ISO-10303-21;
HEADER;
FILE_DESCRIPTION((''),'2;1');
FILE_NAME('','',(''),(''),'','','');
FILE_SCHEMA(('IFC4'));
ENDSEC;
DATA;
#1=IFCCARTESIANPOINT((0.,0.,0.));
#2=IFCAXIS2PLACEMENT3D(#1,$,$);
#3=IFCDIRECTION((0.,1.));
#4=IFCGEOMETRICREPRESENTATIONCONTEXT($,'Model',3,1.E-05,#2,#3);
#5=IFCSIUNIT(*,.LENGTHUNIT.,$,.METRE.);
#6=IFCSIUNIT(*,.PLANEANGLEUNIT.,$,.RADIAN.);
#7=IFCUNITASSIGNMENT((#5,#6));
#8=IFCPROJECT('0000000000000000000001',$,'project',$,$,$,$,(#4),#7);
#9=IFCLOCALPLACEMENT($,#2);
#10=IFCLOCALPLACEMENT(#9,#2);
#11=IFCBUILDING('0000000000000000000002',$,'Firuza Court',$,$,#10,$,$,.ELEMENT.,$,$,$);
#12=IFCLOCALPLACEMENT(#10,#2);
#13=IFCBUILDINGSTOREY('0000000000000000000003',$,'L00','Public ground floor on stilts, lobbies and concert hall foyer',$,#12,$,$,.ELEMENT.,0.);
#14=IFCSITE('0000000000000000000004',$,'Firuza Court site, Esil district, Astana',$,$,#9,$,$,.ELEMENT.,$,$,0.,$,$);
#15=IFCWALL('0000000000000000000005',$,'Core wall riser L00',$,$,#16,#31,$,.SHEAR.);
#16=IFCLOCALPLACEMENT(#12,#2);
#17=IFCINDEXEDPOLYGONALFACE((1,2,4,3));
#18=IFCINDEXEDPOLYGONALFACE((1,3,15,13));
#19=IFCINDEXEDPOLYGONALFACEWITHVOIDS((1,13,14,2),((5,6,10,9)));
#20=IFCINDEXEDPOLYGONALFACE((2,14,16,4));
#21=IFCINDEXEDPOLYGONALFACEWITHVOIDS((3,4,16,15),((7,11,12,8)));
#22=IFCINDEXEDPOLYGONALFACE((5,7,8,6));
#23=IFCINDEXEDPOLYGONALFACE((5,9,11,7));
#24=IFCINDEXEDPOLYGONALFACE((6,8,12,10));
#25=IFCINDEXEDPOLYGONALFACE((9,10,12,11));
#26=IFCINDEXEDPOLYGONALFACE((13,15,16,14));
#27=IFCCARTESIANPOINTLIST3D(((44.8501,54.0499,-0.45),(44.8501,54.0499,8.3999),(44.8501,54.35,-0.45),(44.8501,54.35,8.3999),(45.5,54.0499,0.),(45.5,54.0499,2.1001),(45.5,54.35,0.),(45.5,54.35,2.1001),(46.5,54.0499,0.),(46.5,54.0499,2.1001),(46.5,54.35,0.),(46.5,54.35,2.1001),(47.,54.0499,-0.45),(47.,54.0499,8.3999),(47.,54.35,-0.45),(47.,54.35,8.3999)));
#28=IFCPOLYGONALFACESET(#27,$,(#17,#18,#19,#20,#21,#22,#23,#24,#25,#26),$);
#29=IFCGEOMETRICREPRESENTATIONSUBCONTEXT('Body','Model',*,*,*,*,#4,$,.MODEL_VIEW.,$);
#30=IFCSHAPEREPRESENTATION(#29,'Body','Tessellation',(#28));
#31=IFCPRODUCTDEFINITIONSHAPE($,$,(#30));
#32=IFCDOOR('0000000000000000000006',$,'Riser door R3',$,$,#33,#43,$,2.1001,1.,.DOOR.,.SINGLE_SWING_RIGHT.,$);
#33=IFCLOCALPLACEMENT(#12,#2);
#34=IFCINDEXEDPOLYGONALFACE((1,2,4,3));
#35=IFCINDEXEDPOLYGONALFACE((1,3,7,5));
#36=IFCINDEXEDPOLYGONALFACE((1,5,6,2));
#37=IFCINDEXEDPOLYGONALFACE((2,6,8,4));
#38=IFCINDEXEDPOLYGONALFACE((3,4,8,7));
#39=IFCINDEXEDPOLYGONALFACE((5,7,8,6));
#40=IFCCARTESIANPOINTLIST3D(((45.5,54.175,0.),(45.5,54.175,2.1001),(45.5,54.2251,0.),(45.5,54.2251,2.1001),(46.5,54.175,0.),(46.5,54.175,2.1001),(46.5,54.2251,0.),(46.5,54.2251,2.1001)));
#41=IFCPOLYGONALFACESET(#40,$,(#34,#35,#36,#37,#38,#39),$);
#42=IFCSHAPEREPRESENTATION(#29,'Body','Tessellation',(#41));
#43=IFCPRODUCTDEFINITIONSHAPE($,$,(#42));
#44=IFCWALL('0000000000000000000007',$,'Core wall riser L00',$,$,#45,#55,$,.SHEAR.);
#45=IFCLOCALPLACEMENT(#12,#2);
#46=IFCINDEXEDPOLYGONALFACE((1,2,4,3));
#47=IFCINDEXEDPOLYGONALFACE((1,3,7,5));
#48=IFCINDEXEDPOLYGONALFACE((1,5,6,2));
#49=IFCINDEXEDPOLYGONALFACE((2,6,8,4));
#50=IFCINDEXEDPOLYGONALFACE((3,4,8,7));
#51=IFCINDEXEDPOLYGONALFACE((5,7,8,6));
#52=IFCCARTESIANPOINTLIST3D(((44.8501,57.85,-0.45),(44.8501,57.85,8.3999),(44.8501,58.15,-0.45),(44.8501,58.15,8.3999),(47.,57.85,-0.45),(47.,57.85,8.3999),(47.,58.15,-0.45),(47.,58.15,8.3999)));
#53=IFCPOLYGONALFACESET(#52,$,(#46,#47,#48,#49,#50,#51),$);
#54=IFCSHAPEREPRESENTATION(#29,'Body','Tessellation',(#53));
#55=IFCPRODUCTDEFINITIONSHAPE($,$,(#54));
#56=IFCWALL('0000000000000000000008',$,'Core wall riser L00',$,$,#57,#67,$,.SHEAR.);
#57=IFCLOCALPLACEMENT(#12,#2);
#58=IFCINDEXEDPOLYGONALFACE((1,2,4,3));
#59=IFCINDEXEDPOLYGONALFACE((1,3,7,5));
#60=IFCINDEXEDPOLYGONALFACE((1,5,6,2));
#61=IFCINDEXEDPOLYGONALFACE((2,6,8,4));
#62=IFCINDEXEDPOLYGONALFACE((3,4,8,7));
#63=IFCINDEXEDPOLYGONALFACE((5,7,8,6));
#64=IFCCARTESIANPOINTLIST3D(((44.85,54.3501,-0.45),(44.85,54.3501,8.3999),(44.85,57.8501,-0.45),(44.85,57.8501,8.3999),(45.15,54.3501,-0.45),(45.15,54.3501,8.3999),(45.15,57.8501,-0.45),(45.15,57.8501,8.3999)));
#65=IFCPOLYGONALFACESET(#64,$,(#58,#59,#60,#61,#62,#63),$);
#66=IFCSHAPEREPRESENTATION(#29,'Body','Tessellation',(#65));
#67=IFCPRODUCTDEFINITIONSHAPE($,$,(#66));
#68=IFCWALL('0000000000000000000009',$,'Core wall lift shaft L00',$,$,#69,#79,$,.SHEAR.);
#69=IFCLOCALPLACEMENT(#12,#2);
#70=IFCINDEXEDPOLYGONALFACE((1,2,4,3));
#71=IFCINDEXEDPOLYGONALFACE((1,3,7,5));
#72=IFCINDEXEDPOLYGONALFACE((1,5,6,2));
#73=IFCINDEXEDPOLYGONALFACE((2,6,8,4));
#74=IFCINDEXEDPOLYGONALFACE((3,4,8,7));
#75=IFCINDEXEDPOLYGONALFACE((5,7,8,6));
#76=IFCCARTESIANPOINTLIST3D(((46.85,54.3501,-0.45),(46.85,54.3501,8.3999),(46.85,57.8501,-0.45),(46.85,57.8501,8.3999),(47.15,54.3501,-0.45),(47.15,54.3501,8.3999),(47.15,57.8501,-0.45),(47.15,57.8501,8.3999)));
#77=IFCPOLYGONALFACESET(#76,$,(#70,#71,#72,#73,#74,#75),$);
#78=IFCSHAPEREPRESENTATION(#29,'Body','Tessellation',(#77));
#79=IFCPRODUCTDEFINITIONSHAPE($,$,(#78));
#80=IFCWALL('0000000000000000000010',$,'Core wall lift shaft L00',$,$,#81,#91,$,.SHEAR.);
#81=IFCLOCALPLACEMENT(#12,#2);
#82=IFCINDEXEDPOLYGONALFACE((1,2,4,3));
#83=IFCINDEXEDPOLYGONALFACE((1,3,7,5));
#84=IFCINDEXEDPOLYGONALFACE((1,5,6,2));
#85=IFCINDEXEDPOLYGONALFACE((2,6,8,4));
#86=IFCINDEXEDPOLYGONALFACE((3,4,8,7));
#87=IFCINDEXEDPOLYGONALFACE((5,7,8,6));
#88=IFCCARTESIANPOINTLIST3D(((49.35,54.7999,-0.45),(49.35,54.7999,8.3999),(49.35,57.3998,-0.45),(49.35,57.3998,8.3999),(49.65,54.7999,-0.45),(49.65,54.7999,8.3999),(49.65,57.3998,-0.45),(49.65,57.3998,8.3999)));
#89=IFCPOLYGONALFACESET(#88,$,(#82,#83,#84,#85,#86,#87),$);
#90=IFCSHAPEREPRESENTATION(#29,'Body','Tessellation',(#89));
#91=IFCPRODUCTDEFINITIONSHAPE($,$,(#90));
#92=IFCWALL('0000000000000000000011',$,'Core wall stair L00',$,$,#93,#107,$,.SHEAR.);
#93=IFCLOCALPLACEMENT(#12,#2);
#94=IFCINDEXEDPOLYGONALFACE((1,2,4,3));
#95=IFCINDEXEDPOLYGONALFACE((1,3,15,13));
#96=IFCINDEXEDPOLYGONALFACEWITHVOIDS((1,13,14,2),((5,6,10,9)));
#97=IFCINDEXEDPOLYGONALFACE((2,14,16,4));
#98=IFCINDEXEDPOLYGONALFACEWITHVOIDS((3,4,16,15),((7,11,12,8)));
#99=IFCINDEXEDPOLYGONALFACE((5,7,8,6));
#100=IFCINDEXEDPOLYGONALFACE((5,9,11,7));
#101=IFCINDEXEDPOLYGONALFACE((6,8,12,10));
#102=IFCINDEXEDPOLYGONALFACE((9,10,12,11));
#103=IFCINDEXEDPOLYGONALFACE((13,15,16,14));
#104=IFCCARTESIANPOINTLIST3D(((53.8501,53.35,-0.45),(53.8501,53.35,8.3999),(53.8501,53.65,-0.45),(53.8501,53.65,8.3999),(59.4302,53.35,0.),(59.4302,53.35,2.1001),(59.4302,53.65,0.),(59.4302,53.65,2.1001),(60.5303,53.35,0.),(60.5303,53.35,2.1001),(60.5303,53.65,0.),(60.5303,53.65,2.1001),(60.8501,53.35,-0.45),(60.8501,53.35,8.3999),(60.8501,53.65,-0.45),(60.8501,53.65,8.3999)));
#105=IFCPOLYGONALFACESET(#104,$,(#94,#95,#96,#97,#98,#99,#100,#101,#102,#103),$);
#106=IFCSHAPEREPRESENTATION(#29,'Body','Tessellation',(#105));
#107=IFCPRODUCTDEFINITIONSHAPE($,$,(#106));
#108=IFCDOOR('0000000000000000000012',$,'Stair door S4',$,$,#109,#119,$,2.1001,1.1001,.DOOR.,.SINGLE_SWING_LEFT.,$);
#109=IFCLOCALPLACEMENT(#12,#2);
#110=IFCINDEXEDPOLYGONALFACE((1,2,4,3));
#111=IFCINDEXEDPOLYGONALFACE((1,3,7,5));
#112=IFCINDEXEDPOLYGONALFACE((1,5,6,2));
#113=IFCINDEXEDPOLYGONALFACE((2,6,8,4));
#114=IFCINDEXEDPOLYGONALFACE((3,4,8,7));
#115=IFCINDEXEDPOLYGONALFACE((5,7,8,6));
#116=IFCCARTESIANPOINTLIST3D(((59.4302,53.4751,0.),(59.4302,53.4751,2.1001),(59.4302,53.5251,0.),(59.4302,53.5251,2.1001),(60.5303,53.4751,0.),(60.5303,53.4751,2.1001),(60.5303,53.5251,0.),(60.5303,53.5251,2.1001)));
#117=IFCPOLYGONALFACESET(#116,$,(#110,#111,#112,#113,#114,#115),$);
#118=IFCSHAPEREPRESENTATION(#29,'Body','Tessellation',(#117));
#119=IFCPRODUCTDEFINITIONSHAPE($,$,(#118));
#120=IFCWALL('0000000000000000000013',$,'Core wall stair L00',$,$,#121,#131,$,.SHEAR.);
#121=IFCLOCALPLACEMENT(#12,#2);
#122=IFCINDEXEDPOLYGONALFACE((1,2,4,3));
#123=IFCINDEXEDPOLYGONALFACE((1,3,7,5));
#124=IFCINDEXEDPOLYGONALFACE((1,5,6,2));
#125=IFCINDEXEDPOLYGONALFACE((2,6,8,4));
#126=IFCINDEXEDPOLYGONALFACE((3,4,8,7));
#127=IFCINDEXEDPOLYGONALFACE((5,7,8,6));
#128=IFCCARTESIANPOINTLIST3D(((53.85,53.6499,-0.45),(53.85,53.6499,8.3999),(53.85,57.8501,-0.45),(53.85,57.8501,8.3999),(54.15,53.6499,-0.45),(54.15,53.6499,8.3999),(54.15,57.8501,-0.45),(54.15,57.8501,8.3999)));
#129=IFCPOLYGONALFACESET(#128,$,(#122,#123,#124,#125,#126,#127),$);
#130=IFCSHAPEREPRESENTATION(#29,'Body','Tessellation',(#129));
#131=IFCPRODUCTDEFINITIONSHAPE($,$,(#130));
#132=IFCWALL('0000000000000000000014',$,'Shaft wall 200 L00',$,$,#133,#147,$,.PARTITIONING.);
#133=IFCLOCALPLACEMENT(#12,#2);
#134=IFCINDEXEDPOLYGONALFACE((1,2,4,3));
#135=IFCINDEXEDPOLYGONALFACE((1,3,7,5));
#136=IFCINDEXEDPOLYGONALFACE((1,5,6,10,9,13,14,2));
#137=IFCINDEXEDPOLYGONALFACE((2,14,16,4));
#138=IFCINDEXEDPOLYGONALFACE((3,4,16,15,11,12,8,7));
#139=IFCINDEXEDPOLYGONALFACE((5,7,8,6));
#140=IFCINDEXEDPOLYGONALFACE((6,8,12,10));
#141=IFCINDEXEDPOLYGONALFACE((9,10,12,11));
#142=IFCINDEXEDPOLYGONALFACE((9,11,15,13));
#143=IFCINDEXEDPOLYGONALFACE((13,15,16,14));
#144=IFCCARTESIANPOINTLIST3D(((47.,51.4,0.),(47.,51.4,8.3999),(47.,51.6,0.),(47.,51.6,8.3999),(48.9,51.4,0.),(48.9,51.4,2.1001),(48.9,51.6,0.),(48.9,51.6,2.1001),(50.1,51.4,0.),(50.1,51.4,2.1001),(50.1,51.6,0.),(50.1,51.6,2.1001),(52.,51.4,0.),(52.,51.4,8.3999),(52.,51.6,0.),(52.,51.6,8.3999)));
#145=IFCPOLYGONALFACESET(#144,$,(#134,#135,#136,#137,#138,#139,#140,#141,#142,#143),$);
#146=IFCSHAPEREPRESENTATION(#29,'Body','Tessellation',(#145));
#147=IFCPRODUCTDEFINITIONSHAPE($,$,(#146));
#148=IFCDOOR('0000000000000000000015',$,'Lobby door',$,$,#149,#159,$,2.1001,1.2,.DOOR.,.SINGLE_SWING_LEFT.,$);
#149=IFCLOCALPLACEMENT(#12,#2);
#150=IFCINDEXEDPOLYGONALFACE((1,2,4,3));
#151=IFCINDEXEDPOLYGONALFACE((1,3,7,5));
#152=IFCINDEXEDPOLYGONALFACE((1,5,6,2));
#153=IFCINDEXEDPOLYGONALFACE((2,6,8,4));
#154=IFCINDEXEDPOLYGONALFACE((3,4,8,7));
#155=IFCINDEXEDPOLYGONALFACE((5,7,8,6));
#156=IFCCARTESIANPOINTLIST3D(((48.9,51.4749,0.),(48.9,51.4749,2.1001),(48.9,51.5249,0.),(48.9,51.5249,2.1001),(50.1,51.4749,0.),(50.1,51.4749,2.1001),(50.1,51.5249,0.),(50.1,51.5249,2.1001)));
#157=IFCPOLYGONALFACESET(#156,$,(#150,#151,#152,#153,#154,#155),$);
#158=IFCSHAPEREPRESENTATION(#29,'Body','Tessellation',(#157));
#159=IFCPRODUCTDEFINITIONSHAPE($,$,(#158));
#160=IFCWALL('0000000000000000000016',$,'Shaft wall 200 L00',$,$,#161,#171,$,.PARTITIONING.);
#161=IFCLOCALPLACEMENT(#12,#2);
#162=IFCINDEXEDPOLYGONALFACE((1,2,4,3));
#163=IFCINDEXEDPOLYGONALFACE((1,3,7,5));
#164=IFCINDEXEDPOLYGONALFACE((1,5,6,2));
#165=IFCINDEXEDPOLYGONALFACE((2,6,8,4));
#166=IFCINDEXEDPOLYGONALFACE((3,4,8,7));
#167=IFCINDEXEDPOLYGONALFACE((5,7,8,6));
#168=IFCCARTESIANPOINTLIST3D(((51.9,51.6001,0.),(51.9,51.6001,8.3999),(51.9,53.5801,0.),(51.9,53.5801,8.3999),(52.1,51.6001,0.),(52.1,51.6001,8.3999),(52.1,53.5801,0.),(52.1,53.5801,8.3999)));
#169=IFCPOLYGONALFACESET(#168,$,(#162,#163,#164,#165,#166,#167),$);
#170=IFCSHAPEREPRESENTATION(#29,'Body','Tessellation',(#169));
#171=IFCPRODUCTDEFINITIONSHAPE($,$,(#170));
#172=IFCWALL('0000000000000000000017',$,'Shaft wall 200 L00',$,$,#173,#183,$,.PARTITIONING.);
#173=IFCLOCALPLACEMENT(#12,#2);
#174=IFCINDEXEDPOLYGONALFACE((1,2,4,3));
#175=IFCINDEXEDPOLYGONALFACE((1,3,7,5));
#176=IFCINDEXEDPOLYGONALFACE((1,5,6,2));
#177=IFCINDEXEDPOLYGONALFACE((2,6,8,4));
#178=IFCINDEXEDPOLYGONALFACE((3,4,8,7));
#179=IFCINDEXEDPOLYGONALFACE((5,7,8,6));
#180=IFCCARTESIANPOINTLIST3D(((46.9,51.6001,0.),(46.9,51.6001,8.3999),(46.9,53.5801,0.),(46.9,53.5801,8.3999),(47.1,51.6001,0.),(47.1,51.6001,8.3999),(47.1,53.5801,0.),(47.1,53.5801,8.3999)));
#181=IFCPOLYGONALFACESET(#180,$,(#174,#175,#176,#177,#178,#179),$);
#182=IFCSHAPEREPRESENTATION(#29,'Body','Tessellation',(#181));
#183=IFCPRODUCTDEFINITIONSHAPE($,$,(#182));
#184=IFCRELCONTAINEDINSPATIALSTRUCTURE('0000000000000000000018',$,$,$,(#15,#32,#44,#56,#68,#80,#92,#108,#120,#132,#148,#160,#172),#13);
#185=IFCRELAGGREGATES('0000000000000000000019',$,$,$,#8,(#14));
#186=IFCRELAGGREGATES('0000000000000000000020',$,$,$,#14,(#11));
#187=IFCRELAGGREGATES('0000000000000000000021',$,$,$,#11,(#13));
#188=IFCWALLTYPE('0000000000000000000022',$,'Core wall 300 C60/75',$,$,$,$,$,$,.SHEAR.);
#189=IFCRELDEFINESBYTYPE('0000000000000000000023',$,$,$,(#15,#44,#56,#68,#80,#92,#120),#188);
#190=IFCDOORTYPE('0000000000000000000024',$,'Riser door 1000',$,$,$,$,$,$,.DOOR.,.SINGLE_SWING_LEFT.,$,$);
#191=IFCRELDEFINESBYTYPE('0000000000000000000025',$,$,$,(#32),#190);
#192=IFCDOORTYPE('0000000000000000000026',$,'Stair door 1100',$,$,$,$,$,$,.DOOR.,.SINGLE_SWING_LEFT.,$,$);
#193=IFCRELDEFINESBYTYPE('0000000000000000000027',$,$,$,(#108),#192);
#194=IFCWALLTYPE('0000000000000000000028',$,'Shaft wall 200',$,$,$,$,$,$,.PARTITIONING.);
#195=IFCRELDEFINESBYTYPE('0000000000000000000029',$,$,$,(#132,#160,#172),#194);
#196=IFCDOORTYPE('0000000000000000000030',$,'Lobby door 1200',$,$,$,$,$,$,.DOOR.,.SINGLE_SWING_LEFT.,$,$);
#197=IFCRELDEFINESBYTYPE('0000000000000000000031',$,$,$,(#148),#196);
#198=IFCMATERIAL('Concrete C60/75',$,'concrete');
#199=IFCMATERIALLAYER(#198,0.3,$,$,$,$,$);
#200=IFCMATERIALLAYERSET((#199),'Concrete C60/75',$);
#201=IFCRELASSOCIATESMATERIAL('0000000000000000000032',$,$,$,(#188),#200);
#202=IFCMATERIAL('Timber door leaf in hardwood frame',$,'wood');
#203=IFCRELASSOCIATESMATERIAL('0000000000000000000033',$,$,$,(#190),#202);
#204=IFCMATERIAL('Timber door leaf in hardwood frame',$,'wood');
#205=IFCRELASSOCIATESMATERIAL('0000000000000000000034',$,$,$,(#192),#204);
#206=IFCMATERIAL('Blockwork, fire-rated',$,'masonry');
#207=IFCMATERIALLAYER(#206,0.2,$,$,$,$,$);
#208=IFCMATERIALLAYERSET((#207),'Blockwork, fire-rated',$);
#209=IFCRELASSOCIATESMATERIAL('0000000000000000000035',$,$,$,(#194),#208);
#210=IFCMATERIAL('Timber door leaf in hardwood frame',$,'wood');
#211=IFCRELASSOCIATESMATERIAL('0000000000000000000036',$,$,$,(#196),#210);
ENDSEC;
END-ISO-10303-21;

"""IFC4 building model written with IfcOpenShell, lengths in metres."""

from ifc_helpers import new_model, si_unit, direction, frame, frame_2d, origin, place, context, subcontext, project, spatial, rectangle, extrude, material, layer, layer_set, type_object, element, fill, save


model = new_model("IFC4")

# Units and contexts
model_context = context("Model", 3, precision=1e-05, world=origin(), true_north=direction((0.0, 1.0)))
body_context = subcontext(model_context, "Body", "Model", "MODEL_VIEW")
ifc_project = project(units=[si_unit("LENGTHUNIT", "METRE"), si_unit("PLANEANGLEUNIT", "RADIAN")], contexts=[model_context])

# Site, building, storey
site_placement = place(None, origin())
site = spatial("IfcSite", under=ifc_project, at=site_placement, Name="Firuza Court site, Esil district, Astana", CompositionType="ELEMENT", RefElevation=0.0)
building_placement = place(site_placement, origin())
building = spatial("IfcBuilding", under=site, at=building_placement, Name="Firuza Court", CompositionType="ELEMENT")
storey_placement = place(building_placement, origin())
storey = spatial("IfcBuildingStorey", under=building, at=storey_placement, Name="L00", Description="Public ground floor on stilts, lobbies and concert hall foyer", CompositionType="ELEMENT", Elevation=0.0)

# Shared definitions
ifc_material_1 = material(Name="Concrete C60/75", Category="concrete")

# Shared definitions
ifc_layer_1 = layer(ifc_material_1, 0.3)
ifc_layer_set_1 = layer_set([ifc_layer_1], Name="Concrete C60/75")
wall_type_1 = type_object("IfcWallType", Name="Core wall 300 C60/75", PredefinedType="SHEAR", material=ifc_layer_set_1)

# Wall, opening, door
wall_1_placement = place(storey_placement, frame((44.8501, 54.2, -0.45), z_axis=(0.0, 0.0, 1.0), x_axis=(1.0, 0.0, 0.0)))
wall_1 = element("IfcWall", 1, at=wall_1_placement, inside=storey, type_object=wall_type_1, Name="Core wall riser L00", PredefinedType="SHEAR", context=body_context, shape_type="SweptSolid", body=[
    extrude(rectangle(XDim=2.1499, YDim=0.3, at=frame_2d((1.075, 0.0))), origin(), (0.0, 0.0, 1.0), 8.8499),
])
opening_1_placement = place(wall_1_placement, frame((0.6499, 0.0, 0.45)))
opening_1 = element("IfcOpeningElement", 2, at=opening_1_placement, cuts=wall_1, PredefinedType="OPENING", context=body_context, shape_type="SweptSolid", body=[
    extrude(rectangle(XDim=1.0, YDim=2.1001, at=frame_2d((0.5, 1.05))), frame((0.0, 0.1621, 0.0), z_axis=(0.0, -1.0, 0.0), x_axis=(1.0, 0.0, 0.0)), (0.0, 0.0, 1.0), 0.324),
])
ifc_material_2 = material(Name="Timber door leaf in hardwood frame", Category="wood")
door_type_1 = type_object("IfcDoorType", Name="Riser door 1000", OperationType="SINGLE_SWING_LEFT", PredefinedType="DOOR", material=ifc_material_2)
door_1_placement = place(opening_1_placement, frame((1.0, 0.0, 0.0), z_axis=(0.0, 0.0, 1.0), x_axis=(-1.0, 0.0, 0.0)))
door_1 = element("IfcDoor", 3, at=door_1_placement, inside=storey, type_object=door_type_1, Name="Riser door R3", OperationType="SINGLE_SWING_RIGHT", OverallHeight=2.1001, OverallWidth=1.0, PredefinedType="DOOR", context=body_context, shape_type="SweptSolid", body=[
    extrude(rectangle(XDim=1.0, YDim=2.1001, at=frame_2d((0.5, 1.05))), frame((0.0, 0.0249, 0.0), z_axis=(0.0, -1.0, 0.0), x_axis=(1.0, 0.0, 0.0)), (0.0, 0.0, 1.0), 0.05),
])
fill(opening_1, door_1)

# Walls
wall_2_placement = place(storey_placement, frame((44.8501, 58.0, -0.45), z_axis=(0.0, 0.0, 1.0), x_axis=(1.0, 0.0, 0.0)))
element("IfcWall", 4, at=wall_2_placement, inside=storey, type_object=wall_type_1, Name="Core wall riser L00", PredefinedType="SHEAR", context=body_context, shape_type="SweptSolid", body=[
    extrude(rectangle(XDim=2.1499, YDim=0.3, at=frame_2d((1.075, 0.0))), origin(), (0.0, 0.0, 1.0), 8.8499),
])
for number, where, z_axis, x_axis, name in (
    (5, (45.0, 54.3501, -0.45), (0.0, 0.0, 1.0), (0.0, 1.0, 0.0), "Core wall riser L00"),
    (6, (47.0, 54.3501, -0.45), (0.0, 0.0, 1.0), (0.0, 1.0, 0.0), "Core wall lift shaft L00"),
):
    element("IfcWall", number, at=place(storey_placement, frame(where, z_axis=z_axis, x_axis=x_axis)), inside=storey, type_object=wall_type_1, Name=name, PredefinedType="SHEAR", context=body_context, shape_type="SweptSolid", body=[
        extrude(rectangle(XDim=3.5, YDim=0.3, at=frame_2d((1.75, 0.0))), origin(), (0.0, 0.0, 1.0), 8.8499),
    ])
wall_3_placement = place(storey_placement, frame((49.5, 54.8, -0.45), z_axis=(0.0, 0.0, 1.0), x_axis=(0.0, 1.0, 0.0)))
element("IfcWall", 7, at=wall_3_placement, inside=storey, type_object=wall_type_1, Name="Core wall lift shaft L00", PredefinedType="SHEAR", context=body_context, shape_type="SweptSolid", body=[
    extrude(rectangle(XDim=2.5999, YDim=0.3, at=frame_2d((1.2998, 0.0))), origin(), (0.0, 0.0, 1.0), 8.8499),
])

# Wall, opening, door
wall_4_placement = place(storey_placement, frame((53.8501, 53.5, -0.45), z_axis=(0.0, 0.0, 1.0), x_axis=(1.0, 0.0, 0.0)))
wall_4 = element("IfcWall", 8, at=wall_4_placement, inside=storey, type_object=wall_type_1, Name="Core wall stair L00", PredefinedType="SHEAR", context=body_context, shape_type="SweptSolid", body=[
    extrude(rectangle(XDim=7.0, YDim=0.3, at=frame_2d((3.5, 0.0))), origin(), (0.0, 0.0, 1.0), 8.8499),
])
opening_2_placement = place(wall_4_placement, frame((5.5801, 0.0, 0.45)))
opening_2 = element("IfcOpeningElement", 9, at=opening_2_placement, cuts=wall_4, PredefinedType="OPENING", context=body_context, shape_type="SweptSolid", body=[
    extrude(rectangle(XDim=1.1001, YDim=2.1001, at=frame_2d((0.55, 1.05))), frame((0.0, 0.1621, 0.0), z_axis=(0.0, -1.0, 0.0), x_axis=(1.0, 0.0, 0.0)), (0.0, 0.0, 1.0), 0.324),
])
ifc_material_3 = material(Name="Timber door leaf in hardwood frame", Category="wood")
door_type_2 = type_object("IfcDoorType", Name="Stair door 1100", OperationType="SINGLE_SWING_LEFT", PredefinedType="DOOR", material=ifc_material_3)
door_2_placement = place(opening_2_placement, frame((1.1001, 0.0, 0.0), z_axis=(0.0, 0.0, 1.0), x_axis=(-1.0, 0.0, 0.0)))
door_2 = element("IfcDoor", 10, at=door_2_placement, inside=storey, type_object=door_type_2, Name="Stair door S4", OperationType="SINGLE_SWING_LEFT", OverallHeight=2.1001, OverallWidth=1.1001, PredefinedType="DOOR", context=body_context, shape_type="SweptSolid", body=[
    extrude(rectangle(XDim=1.1001, YDim=2.1001, at=frame_2d((0.55, 1.05))), frame((0.0, 0.0249, 0.0), z_axis=(0.0, -1.0, 0.0), x_axis=(1.0, 0.0, 0.0)), (0.0, 0.0, 1.0), 0.05),
])
fill(opening_2, door_2)

# Wall
wall_5_placement = place(storey_placement, frame((54.0, 53.6499, -0.45), z_axis=(0.0, 0.0, 1.0), x_axis=(0.0, 1.0, 0.0)))
element("IfcWall", 11, at=wall_5_placement, inside=storey, type_object=wall_type_1, Name="Core wall stair L00", PredefinedType="SHEAR", context=body_context, shape_type="SweptSolid", body=[
    extrude(rectangle(XDim=4.2002, YDim=0.3, at=frame_2d((2.1001, 0.0))), origin(), (0.0, 0.0, 1.0), 8.8499),
])

# Wall, opening, door
ifc_material_4 = material(Name="Blockwork, fire-rated", Category="masonry")
ifc_layer_2 = layer(ifc_material_4, 0.2)
ifc_layer_set_2 = layer_set([ifc_layer_2], Name="Blockwork, fire-rated")
wall_type_2 = type_object("IfcWallType", Name="Shaft wall 200", PredefinedType="PARTITIONING", material=ifc_layer_set_2)
wall_6_placement = place(storey_placement, frame((47.0, 51.5, 0.0), z_axis=(0.0, 0.0, 1.0), x_axis=(1.0, 0.0, 0.0)))
wall_6 = element("IfcWall", 12, at=wall_6_placement, inside=storey, type_object=wall_type_2, Name="Shaft wall 200 L00", PredefinedType="PARTITIONING", context=body_context, shape_type="SweptSolid", body=[
    extrude(rectangle(XDim=5.0, YDim=0.2, at=frame_2d((2.5, 0.0))), origin(), (0.0, 0.0, 1.0), 8.3999),
])
opening_3_placement = place(wall_6_placement, frame((1.8999, 0.0, 0.0)))
opening_3 = element("IfcOpeningElement", 13, at=opening_3_placement, cuts=wall_6, PredefinedType="OPENING", context=body_context, shape_type="SweptSolid", body=[
    extrude(rectangle(XDim=1.2, YDim=2.1001, at=frame_2d((0.6001, 1.05))), frame((0.0, 0.1118, 0.0), z_axis=(0.0, -1.0, 0.0), x_axis=(1.0, 0.0, 0.0)), (0.0, 0.0, 1.0), 0.2239),
])
ifc_material_5 = material(Name="Timber door leaf in hardwood frame", Category="wood")
door_type_3 = type_object("IfcDoorType", Name="Lobby door 1200", OperationType="SINGLE_SWING_LEFT", PredefinedType="DOOR", material=ifc_material_5)
door_3_placement = place(opening_3_placement, origin())
door_3 = element("IfcDoor", 14, at=door_3_placement, inside=storey, type_object=door_type_3, Name="Lobby door", OperationType="SINGLE_SWING_LEFT", OverallHeight=2.1001, OverallWidth=1.2, PredefinedType="DOOR", context=body_context, shape_type="SweptSolid", body=[
    extrude(rectangle(XDim=1.2, YDim=2.1001, at=frame_2d((0.6001, 1.05))), frame((0.0, 0.0249, 0.0), z_axis=(0.0, -1.0, 0.0), x_axis=(1.0, 0.0, 0.0)), (0.0, 0.0, 1.0), 0.05),
])
fill(opening_3, door_3)

# Walls
for number, where, z_axis, x_axis, name in (
    (15, (52.0, 51.6001, 0.0), (0.0, 0.0, 1.0), (0.0, 1.0, 0.0), "Shaft wall 200 L00"),
    (16, (47.0, 51.6001, 0.0), (0.0, 0.0, 1.0), (0.0, 1.0, 0.0), "Shaft wall 200 L00"),
):
    element("IfcWall", number, at=place(storey_placement, frame(where, z_axis=z_axis, x_axis=x_axis)), inside=storey, type_object=wall_type_2, Name=name, PredefinedType="PARTITIONING", context=body_context, shape_type="SweptSolid", body=[
        extrude(rectangle(XDim=1.98, YDim=0.2, at=frame_2d((0.99, 0.0))), origin(), (0.0, 0.0, 1.0), 8.3999),
    ])

save(model, "model.ifc")
